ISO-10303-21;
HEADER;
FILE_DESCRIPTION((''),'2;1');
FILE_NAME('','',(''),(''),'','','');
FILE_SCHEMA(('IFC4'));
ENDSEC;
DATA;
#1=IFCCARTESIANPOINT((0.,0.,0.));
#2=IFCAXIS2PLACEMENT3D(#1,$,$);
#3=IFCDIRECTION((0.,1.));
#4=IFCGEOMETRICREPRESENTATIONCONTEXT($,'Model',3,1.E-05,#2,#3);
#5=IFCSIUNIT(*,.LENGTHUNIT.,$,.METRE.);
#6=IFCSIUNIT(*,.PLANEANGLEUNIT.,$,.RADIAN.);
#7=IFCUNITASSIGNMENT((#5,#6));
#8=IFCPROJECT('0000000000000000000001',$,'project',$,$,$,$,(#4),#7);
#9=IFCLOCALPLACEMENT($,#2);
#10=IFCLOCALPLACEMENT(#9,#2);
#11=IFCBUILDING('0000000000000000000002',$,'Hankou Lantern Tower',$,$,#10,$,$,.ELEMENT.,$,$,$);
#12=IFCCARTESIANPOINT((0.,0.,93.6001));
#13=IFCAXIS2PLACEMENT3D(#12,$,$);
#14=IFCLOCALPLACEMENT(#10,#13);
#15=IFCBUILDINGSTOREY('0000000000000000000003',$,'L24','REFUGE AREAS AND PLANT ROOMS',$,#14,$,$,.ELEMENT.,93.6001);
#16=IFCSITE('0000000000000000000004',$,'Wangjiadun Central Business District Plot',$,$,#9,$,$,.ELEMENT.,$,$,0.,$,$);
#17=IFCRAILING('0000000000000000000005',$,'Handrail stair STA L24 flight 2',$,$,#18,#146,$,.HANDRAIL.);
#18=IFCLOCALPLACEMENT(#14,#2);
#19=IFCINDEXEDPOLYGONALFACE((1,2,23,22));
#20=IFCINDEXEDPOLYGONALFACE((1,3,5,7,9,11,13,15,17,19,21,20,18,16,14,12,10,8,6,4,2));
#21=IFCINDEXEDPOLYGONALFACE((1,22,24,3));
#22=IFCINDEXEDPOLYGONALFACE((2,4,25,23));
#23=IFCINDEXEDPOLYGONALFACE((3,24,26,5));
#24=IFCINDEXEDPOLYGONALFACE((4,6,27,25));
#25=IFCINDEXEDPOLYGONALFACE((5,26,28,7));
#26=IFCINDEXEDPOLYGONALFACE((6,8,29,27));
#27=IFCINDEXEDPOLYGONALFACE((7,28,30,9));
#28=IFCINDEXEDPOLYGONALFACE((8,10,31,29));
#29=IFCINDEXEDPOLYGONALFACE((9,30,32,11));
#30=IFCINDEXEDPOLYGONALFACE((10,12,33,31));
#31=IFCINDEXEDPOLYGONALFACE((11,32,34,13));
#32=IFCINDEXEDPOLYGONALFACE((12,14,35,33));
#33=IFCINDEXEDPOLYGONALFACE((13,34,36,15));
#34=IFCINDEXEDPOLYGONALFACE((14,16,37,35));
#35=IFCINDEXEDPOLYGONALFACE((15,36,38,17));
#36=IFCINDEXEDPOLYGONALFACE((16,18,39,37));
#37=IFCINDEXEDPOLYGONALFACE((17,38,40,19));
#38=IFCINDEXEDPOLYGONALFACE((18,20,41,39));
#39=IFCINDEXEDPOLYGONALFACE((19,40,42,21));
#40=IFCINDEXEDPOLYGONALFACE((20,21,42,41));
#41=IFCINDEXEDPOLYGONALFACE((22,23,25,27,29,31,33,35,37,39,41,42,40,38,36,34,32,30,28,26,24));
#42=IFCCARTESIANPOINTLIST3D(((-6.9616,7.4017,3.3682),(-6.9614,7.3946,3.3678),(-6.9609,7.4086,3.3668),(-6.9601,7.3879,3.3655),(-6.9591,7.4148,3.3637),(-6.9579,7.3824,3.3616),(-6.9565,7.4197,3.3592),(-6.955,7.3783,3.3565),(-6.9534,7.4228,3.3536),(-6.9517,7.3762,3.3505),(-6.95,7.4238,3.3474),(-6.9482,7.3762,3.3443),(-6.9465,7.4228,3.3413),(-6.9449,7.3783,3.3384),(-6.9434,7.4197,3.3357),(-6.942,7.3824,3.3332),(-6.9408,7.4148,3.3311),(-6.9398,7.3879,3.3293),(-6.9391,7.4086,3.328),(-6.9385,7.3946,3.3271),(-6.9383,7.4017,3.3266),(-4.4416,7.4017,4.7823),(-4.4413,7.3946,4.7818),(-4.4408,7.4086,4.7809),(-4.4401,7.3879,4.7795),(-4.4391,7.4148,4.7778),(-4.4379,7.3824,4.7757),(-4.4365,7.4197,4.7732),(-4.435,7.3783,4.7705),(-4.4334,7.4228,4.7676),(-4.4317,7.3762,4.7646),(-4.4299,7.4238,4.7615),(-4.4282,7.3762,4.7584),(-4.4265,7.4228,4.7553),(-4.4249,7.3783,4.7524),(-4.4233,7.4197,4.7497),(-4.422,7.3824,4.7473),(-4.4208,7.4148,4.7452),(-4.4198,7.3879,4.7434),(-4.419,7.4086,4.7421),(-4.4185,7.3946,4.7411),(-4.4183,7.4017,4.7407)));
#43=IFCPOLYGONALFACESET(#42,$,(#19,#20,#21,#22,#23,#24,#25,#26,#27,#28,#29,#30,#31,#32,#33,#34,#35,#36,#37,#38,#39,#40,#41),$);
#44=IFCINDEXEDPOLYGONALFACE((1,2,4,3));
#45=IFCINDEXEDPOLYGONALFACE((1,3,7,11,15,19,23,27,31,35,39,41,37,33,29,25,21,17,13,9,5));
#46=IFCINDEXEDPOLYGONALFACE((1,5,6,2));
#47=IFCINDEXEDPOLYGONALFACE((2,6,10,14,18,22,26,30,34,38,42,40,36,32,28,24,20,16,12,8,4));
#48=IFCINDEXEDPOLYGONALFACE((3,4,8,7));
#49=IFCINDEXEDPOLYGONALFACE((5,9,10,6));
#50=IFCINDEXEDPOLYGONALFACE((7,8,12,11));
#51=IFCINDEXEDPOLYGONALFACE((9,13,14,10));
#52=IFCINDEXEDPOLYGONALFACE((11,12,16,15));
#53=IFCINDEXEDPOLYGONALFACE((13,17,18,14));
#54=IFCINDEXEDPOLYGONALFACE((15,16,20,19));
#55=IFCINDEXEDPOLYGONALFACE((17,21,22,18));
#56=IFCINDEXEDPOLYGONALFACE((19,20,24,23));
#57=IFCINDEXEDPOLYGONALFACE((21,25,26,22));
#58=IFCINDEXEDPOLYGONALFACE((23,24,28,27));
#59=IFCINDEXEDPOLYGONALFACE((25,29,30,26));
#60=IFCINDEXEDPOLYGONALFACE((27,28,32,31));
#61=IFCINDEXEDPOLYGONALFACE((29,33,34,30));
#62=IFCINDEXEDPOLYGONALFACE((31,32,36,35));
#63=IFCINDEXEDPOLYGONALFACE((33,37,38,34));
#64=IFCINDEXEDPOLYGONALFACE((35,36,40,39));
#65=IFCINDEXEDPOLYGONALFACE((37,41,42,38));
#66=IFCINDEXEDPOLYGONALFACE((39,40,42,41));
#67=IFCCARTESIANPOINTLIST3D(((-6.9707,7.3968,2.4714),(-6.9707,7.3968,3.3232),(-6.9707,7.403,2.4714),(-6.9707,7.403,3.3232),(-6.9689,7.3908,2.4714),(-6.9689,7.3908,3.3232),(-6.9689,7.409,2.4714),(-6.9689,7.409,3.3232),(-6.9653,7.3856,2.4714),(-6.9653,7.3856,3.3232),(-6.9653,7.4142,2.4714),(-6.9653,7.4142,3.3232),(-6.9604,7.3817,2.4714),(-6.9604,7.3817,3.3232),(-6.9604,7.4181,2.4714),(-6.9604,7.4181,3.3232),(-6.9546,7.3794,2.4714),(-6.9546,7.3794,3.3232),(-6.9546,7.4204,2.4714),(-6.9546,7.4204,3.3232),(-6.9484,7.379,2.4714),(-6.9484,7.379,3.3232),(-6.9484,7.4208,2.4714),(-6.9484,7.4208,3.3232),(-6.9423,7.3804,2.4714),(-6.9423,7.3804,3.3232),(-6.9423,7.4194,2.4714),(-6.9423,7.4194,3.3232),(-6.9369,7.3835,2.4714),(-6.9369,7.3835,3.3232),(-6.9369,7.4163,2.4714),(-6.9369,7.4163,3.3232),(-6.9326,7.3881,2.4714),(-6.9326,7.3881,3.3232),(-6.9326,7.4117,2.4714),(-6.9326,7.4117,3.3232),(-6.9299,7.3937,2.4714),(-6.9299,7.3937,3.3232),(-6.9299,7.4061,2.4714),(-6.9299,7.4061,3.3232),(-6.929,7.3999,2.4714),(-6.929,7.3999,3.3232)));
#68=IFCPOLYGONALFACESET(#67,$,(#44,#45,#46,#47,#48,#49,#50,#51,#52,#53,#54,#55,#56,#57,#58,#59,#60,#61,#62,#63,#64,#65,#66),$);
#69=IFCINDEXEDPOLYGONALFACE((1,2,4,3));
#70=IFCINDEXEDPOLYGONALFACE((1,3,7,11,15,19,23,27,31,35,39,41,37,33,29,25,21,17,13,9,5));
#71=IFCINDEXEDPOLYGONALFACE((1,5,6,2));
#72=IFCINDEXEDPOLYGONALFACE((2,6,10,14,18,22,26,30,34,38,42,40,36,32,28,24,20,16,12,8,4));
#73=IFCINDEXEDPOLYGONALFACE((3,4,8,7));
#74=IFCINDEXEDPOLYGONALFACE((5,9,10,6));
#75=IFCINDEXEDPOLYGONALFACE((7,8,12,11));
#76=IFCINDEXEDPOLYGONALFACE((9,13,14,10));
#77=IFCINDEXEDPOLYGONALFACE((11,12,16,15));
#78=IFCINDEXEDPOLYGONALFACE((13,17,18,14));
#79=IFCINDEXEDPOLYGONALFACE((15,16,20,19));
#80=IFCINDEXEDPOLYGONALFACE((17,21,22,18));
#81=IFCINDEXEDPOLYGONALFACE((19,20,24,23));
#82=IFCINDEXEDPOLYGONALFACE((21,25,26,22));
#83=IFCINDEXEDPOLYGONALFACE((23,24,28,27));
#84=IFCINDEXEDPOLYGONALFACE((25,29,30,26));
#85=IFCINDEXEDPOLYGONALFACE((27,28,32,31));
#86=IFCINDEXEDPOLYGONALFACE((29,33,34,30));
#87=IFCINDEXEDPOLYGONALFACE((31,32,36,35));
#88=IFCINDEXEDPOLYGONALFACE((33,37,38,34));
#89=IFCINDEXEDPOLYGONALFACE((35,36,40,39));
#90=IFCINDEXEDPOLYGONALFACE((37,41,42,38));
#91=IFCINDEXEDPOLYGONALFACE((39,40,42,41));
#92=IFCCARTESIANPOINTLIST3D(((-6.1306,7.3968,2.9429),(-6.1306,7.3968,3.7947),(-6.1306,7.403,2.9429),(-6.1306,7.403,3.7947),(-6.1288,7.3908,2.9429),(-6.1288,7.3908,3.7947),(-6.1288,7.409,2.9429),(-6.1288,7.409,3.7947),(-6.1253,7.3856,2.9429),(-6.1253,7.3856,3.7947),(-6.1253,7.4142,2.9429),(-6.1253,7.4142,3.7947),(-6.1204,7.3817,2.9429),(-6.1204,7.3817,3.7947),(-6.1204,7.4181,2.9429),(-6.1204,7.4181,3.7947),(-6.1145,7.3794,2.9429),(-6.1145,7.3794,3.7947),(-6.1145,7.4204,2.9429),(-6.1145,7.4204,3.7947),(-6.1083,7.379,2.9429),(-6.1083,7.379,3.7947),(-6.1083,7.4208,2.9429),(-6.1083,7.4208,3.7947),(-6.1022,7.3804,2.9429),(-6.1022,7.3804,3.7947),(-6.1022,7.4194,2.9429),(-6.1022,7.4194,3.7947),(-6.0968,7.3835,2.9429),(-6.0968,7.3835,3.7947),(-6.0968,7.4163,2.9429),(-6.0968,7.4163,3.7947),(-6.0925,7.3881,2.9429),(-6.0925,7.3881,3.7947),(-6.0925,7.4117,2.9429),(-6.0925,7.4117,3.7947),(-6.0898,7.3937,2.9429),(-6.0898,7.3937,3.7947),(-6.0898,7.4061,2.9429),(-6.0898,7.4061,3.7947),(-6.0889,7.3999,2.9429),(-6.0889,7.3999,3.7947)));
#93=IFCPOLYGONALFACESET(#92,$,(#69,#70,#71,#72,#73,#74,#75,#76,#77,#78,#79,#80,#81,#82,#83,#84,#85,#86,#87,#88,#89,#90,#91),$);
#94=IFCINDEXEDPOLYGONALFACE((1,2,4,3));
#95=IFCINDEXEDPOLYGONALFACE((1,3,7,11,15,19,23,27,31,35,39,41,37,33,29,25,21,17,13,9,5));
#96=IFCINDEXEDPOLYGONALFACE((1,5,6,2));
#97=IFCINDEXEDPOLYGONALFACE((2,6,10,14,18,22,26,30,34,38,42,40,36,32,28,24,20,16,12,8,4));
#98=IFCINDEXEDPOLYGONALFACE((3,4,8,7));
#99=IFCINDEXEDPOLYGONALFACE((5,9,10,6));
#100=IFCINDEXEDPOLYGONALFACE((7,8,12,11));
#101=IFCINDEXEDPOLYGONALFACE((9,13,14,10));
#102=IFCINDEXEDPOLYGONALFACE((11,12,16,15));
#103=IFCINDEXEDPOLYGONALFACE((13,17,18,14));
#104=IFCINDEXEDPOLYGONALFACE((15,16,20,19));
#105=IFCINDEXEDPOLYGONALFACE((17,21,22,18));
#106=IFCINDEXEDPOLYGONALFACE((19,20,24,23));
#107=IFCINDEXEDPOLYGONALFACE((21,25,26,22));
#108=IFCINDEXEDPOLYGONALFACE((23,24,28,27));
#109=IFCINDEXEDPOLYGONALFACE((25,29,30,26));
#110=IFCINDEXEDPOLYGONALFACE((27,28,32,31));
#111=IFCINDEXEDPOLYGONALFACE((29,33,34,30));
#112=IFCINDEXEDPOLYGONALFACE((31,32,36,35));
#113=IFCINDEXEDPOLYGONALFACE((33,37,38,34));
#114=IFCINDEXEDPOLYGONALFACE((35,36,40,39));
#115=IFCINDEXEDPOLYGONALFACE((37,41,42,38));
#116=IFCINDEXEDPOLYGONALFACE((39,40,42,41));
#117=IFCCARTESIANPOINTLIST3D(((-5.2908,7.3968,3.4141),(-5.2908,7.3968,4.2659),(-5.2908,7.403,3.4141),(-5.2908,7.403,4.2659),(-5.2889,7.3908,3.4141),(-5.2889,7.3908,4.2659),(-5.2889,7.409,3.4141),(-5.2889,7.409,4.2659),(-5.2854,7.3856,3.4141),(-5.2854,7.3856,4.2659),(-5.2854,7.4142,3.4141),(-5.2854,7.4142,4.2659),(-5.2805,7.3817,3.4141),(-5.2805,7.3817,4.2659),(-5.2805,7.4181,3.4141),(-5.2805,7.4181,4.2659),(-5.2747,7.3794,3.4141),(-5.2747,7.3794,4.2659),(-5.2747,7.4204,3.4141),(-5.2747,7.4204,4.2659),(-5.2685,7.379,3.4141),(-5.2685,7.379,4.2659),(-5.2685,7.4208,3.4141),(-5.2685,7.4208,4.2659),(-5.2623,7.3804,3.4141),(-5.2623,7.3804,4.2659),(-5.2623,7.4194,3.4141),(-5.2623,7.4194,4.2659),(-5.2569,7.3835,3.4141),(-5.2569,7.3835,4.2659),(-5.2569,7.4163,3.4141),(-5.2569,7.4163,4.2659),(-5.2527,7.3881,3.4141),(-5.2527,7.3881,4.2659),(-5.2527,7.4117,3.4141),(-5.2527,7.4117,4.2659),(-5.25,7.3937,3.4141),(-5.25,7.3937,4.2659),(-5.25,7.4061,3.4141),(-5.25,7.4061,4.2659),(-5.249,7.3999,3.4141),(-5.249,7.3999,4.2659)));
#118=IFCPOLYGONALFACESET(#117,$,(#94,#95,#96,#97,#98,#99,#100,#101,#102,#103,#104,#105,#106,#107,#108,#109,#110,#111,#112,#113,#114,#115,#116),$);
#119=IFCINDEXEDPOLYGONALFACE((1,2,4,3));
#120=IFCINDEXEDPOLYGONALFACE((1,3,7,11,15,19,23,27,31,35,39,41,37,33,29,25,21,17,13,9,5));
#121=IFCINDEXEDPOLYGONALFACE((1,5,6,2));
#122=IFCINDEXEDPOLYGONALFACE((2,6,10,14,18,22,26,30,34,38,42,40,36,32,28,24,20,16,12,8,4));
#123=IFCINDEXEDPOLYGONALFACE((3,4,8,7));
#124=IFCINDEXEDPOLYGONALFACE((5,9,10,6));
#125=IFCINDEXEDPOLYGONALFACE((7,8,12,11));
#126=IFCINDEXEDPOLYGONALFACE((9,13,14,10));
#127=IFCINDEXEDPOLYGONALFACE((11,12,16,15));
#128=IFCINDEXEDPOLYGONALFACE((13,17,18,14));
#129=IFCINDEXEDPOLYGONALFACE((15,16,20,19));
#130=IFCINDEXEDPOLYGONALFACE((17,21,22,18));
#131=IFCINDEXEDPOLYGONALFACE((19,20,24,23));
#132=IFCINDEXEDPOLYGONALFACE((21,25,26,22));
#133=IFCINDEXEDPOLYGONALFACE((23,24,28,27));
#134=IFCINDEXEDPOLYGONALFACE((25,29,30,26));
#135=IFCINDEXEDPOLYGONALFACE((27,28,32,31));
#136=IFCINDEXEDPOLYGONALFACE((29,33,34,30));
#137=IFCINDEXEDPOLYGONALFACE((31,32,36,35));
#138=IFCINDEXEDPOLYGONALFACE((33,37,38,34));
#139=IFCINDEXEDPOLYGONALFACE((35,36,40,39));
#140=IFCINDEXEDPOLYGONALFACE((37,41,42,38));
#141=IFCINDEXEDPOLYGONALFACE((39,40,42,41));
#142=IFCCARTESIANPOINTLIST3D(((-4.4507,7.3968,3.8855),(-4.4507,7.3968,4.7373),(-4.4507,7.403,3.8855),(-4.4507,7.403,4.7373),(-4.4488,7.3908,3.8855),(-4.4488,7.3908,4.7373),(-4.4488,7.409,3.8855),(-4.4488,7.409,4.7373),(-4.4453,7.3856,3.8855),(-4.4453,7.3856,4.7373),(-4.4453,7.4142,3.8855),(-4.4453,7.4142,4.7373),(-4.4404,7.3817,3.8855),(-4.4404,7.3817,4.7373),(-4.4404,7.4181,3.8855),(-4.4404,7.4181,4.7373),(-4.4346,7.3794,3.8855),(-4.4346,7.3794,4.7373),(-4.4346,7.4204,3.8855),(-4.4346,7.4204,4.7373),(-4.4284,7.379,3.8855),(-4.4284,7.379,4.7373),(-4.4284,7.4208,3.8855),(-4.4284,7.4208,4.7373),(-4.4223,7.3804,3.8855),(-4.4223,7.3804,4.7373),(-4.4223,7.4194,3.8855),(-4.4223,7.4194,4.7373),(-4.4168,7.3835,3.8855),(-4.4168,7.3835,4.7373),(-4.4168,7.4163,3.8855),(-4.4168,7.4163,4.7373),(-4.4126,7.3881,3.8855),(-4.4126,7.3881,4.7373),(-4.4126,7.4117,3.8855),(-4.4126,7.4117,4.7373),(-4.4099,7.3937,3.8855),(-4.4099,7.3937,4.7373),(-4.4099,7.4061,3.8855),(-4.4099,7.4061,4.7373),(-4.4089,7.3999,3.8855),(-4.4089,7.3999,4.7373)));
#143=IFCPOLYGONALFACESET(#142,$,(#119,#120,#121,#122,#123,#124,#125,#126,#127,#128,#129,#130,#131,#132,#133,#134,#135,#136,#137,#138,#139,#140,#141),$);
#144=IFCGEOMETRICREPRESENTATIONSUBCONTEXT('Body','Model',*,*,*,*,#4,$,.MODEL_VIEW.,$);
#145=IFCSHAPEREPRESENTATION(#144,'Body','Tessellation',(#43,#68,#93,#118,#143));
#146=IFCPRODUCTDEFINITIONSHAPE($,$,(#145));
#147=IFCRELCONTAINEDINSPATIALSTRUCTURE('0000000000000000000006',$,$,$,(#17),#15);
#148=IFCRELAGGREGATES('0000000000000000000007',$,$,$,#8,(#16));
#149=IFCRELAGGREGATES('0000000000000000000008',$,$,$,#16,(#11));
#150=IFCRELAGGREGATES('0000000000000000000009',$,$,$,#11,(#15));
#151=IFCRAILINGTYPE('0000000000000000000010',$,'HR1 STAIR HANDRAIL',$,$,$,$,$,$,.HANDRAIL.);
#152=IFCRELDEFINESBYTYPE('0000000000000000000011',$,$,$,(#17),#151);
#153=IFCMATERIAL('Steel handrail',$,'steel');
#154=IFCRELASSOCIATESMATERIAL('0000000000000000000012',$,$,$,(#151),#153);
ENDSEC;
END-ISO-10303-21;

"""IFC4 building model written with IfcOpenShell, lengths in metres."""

from ifc_helpers import new_model, si_unit, direction, frame, origin, origin_2d, place, context, subcontext, project, spatial, circle, extrude, material, type_object, element, save


model = new_model("IFC4")

# Units and contexts
model_context = context("Model", 3, precision=1e-05, world=origin(), true_north=direction((0.0, 1.0)))
body_context = subcontext(model_context, "Body", "Model", "MODEL_VIEW")
ifc_project = project(units=[si_unit("LENGTHUNIT", "METRE"), si_unit("PLANEANGLEUNIT", "RADIAN")], contexts=[model_context])

# Site, building, storey
site_placement = place(None, origin())
site = spatial("IfcSite", under=ifc_project, at=site_placement, Name="Wangjiadun Central Business District Plot", CompositionType="ELEMENT", RefElevation=0.0)
building_placement = place(site_placement, origin())
building = spatial("IfcBuilding", under=site, at=building_placement, Name="Hankou Lantern Tower", CompositionType="ELEMENT")
storey_placement = place(building_placement, frame((0.0, 0.0, 93.6001)))
storey = spatial("IfcBuildingStorey", under=building, at=storey_placement, Name="L24", Description="REFUGE AREAS AND PLANT ROOMS", CompositionType="ELEMENT", Elevation=93.6001)

# Railing
ifc_material_1 = material(Name="Steel handrail", Category="steel")
railing_type = type_object("IfcRailingType", Name="HR1 STAIR HANDRAIL", PredefinedType="HANDRAIL", material=ifc_material_1)
railing_1_placement = place(storey_placement, frame((-6.95, 7.3999, 2.4714)))
element("IfcRailing", 1, at=railing_1_placement, inside=storey, type_object=railing_type, Name="Handrail stair STA L24 flight 2", PredefinedType="HANDRAIL", context=body_context, shape_type="SweptSolid", body=[
    extrude(circle(Radius=0.0239, at=origin_2d()), frame((0.0, 0.0, 0.876), z_axis=(0.872085, 0.0, 0.489354), x_axis=(0.0, 1.0, 0.0)), (0.0, 0.0, 1.0), 2.8896),
    extrude(circle(Radius=0.021, at=origin_2d()), origin(), (0.0, 0.0, 1.0), 0.8518),
    extrude(circle(Radius=0.021, at=origin_2d()), frame((0.8401, 0.0, 0.4714)), (0.0, 0.0, 1.0), 0.8518),
    extrude(circle(Radius=0.021, at=origin_2d()), frame((1.6799, 0.0, 0.9426)), (0.0, 0.0, 1.0), 0.8518),
    extrude(circle(Radius=0.021, at=origin_2d()), frame((2.52, 0.0, 1.4141)), (0.0, 0.0, 1.0), 0.8518),
])

save(model, "model.ifc")
